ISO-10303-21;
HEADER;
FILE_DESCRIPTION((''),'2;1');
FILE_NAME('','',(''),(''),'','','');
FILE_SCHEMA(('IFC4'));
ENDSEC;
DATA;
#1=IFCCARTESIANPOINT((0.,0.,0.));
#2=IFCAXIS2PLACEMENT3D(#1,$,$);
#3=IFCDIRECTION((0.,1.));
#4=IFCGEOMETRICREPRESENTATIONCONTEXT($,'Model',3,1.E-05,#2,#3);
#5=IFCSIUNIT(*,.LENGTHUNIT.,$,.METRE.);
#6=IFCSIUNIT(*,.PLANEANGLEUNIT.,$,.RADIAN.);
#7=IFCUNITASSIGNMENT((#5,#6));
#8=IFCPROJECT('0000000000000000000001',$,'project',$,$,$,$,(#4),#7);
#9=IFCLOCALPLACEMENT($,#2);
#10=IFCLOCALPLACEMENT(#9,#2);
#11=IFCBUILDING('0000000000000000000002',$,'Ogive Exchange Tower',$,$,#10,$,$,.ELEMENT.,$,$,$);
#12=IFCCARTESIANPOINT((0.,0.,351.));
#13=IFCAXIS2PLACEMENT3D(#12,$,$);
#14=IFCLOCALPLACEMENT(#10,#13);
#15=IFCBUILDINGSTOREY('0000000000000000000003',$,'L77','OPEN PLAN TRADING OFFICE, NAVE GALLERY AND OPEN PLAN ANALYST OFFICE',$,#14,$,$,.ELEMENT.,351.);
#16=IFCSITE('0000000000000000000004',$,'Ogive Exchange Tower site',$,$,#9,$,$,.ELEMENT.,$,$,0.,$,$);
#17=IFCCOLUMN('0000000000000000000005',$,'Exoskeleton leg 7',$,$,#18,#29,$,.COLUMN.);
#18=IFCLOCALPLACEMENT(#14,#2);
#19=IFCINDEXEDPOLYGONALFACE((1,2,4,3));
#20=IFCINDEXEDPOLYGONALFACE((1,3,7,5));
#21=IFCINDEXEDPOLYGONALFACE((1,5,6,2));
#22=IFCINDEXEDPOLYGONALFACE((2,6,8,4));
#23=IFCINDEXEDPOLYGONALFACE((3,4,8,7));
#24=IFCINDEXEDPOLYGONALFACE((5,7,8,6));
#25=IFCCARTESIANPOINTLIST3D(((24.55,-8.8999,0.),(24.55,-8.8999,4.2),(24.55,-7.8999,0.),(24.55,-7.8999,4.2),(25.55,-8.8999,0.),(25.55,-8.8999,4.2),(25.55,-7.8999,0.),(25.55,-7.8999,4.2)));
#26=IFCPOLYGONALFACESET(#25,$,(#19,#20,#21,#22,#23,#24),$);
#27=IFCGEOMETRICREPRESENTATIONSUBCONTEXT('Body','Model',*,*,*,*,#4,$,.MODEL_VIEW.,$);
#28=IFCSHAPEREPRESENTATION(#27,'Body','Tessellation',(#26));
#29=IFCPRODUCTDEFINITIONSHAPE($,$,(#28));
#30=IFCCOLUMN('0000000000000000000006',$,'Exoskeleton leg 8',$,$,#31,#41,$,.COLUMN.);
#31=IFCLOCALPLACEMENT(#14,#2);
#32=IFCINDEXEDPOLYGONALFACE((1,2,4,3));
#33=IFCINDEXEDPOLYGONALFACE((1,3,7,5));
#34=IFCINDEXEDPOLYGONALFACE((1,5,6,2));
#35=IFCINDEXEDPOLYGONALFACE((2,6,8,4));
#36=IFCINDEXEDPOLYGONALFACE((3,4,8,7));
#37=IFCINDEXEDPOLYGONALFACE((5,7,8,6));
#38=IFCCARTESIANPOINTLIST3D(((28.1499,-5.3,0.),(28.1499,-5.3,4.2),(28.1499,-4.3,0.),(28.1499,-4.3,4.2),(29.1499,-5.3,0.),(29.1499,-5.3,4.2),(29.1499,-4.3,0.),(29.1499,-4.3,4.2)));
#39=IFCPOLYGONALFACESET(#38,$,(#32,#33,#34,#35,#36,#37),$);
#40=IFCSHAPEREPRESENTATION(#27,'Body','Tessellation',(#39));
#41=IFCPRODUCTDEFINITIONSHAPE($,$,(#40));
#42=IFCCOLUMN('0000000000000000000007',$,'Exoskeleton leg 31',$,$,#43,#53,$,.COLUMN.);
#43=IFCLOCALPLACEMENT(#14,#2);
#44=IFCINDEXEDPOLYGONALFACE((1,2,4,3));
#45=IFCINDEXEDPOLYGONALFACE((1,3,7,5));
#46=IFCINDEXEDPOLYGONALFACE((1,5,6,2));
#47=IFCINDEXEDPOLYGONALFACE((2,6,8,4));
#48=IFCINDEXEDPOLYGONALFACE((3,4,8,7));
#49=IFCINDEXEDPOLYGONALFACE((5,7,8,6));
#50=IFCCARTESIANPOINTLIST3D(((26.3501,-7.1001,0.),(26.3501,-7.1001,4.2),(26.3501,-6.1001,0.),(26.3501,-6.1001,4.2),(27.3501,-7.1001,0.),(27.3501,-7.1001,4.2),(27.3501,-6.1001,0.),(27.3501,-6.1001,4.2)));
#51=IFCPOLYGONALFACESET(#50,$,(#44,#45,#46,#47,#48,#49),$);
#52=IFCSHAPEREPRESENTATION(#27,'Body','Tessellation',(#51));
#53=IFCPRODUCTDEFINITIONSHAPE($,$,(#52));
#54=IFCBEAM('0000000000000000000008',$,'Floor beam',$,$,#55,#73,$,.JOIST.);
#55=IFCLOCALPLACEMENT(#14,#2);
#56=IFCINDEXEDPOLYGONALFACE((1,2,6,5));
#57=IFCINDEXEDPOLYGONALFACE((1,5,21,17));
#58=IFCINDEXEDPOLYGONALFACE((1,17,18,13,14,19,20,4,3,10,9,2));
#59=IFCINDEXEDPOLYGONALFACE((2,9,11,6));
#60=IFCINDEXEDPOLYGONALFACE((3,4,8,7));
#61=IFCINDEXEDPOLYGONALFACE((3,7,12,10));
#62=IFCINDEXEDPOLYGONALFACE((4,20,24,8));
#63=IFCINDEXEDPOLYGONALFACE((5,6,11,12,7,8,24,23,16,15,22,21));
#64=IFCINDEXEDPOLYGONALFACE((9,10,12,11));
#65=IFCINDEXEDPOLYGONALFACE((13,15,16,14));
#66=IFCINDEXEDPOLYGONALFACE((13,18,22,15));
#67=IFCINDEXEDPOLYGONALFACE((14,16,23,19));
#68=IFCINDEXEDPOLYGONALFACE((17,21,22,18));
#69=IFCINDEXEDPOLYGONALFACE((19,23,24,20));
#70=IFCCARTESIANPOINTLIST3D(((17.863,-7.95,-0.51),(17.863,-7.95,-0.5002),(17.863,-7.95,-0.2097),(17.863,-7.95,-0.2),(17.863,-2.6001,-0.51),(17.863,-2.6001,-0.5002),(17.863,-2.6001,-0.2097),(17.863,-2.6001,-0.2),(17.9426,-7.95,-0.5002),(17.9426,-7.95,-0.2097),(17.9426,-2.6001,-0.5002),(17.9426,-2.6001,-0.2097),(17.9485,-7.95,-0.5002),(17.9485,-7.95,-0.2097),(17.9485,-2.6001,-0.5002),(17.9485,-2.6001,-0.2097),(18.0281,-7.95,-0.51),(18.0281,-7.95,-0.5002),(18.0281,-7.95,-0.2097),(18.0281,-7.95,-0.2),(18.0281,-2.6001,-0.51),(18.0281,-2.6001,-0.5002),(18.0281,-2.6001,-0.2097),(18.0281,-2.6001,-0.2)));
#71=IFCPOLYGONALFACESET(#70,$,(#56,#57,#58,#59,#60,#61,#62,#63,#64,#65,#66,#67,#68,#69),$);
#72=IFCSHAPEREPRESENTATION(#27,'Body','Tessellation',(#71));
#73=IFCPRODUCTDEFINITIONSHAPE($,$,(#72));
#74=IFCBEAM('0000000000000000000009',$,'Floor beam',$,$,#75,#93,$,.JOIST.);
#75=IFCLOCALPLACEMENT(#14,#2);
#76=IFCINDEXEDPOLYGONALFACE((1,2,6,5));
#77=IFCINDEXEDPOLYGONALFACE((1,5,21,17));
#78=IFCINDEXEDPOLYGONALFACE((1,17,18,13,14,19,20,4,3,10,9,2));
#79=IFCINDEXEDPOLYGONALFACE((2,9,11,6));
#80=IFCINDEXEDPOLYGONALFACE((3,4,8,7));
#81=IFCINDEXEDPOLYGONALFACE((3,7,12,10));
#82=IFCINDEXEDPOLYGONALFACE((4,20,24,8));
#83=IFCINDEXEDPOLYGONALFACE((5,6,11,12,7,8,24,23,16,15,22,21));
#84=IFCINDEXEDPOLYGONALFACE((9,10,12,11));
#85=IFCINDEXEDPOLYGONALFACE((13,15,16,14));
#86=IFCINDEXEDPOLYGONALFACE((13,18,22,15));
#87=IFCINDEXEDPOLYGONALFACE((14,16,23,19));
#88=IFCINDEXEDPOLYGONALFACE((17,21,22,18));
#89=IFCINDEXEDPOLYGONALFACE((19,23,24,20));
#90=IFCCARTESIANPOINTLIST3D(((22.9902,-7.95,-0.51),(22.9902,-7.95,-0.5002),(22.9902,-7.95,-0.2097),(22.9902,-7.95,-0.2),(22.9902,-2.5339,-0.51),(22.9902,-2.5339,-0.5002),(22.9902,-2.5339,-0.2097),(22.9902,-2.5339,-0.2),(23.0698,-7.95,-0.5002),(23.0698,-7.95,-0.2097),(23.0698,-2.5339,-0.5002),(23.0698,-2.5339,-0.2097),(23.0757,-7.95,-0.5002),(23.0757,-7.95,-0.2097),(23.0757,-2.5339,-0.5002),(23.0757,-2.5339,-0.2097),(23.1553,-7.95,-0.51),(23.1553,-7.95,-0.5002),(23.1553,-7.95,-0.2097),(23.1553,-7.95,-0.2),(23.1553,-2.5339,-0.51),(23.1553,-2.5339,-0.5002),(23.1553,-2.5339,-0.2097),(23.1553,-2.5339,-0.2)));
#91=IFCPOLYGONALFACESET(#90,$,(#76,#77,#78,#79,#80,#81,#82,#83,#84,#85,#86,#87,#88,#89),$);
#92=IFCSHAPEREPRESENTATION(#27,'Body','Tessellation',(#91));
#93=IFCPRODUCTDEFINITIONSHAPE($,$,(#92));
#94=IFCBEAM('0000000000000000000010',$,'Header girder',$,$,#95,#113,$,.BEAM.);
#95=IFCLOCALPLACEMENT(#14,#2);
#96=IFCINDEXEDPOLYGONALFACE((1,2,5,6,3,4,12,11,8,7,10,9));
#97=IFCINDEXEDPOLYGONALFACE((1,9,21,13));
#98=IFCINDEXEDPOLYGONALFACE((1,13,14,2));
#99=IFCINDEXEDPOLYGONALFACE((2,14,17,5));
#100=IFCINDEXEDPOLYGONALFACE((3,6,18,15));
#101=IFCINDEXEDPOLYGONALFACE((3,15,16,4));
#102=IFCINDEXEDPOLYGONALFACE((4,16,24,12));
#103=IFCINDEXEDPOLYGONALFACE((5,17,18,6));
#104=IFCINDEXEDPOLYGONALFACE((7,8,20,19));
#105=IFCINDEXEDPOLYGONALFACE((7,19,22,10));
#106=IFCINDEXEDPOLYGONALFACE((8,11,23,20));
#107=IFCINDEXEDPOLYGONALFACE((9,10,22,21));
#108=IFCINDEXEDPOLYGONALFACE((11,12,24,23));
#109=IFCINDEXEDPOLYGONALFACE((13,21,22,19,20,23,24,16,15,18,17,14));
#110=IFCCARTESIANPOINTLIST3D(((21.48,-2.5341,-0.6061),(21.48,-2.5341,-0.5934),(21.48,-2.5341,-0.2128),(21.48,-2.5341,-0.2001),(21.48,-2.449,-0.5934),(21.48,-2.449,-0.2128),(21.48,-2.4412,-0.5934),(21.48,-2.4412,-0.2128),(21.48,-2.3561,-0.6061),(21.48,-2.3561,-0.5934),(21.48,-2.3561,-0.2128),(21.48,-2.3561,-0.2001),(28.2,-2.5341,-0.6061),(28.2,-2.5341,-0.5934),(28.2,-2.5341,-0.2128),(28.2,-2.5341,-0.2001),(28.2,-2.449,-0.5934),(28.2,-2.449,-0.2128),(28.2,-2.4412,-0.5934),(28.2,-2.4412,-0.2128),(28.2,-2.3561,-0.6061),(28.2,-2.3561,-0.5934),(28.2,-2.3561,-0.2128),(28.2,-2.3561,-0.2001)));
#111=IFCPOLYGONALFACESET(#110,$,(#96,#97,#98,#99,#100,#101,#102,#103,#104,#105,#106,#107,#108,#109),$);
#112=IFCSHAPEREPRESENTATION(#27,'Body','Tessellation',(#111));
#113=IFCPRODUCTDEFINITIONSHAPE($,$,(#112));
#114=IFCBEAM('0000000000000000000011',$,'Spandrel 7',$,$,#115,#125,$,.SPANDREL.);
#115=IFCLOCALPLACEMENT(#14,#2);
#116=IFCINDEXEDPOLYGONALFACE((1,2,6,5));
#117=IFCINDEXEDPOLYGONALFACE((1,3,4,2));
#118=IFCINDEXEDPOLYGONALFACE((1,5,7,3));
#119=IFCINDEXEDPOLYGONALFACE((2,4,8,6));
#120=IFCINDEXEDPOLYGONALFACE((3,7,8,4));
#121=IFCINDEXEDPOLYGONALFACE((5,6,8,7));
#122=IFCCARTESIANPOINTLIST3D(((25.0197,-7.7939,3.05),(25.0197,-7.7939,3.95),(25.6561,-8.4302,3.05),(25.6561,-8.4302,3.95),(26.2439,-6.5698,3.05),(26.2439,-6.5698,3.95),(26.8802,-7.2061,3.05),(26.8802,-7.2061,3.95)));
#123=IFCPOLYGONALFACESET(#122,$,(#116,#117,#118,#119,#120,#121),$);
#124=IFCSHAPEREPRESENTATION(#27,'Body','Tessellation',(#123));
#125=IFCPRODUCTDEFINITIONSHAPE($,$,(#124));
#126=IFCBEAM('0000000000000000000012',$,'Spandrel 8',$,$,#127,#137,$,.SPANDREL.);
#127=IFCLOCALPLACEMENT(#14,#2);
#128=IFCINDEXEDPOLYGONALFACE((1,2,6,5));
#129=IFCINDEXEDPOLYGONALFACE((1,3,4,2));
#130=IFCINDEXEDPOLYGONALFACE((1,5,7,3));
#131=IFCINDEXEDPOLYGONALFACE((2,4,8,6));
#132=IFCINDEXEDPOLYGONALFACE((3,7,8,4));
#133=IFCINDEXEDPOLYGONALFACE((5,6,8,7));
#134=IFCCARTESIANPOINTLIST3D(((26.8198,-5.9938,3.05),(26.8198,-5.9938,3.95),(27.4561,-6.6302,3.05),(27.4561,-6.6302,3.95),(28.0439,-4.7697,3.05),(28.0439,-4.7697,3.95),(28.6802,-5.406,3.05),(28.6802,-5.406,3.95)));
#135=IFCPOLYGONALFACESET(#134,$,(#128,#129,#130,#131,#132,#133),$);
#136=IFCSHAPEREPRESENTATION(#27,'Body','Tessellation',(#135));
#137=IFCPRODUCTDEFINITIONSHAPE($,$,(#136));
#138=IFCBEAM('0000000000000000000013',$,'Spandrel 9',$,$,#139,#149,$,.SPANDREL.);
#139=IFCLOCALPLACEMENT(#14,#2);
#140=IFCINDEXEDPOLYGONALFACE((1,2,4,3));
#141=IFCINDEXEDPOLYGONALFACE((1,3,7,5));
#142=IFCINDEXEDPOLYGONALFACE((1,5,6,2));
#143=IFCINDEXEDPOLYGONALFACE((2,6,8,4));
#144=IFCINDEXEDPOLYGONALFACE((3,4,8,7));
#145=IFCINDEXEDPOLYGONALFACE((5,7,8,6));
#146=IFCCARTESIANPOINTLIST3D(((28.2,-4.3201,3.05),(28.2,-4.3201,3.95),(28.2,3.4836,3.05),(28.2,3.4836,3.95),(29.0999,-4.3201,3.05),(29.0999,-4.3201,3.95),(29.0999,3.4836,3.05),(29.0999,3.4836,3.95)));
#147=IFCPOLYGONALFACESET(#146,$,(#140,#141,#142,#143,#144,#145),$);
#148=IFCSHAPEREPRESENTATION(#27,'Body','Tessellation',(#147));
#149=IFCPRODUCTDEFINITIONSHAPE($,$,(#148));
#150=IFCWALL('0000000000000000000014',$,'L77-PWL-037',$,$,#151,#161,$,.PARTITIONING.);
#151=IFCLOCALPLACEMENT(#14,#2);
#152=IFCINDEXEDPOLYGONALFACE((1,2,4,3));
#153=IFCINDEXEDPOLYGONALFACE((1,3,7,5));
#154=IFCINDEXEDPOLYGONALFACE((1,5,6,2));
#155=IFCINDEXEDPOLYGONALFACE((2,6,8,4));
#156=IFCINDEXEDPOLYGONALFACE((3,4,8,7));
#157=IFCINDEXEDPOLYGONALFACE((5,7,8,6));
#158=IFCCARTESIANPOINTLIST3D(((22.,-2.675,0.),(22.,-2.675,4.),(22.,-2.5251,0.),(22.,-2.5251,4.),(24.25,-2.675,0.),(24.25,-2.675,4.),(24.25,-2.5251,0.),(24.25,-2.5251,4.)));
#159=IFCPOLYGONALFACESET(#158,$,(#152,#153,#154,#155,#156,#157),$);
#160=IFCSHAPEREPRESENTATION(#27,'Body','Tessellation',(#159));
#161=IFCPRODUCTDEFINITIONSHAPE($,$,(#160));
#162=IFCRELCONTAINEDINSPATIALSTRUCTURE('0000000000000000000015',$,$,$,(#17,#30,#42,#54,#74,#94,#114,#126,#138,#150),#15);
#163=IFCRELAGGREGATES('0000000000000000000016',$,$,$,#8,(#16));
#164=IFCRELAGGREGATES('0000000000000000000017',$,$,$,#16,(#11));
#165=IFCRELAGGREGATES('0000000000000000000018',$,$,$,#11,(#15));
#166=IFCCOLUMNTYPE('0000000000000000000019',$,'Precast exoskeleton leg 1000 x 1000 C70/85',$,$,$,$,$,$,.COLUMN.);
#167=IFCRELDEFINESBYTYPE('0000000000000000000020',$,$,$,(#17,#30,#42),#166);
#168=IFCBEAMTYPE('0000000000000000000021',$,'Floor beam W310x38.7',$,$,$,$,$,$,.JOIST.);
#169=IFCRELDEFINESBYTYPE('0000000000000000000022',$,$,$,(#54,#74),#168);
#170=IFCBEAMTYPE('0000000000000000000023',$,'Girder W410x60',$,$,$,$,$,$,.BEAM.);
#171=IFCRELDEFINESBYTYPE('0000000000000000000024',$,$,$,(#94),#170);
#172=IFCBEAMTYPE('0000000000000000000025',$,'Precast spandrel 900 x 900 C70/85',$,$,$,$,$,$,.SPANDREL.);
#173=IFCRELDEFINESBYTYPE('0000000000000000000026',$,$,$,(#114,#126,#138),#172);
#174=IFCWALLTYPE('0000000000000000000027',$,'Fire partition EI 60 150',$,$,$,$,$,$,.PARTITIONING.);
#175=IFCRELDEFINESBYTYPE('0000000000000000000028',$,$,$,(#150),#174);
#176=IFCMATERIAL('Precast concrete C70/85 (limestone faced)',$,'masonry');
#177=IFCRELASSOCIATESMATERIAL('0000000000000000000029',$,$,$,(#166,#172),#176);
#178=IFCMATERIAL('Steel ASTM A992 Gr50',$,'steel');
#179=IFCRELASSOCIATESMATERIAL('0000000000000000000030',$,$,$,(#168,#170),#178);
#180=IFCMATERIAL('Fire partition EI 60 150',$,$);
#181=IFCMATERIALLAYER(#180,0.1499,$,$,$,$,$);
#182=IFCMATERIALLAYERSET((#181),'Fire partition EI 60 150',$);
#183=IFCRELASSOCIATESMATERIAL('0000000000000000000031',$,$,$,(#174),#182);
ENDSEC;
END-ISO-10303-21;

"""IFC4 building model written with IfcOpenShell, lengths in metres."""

from ifc_helpers import new_model, si_unit, direction, frame, frame_2d, origin, origin_2d, place, context, subcontext, project, spatial, rectangle, i_section, extrude, material, layer, layer_set, material_profile, profile_set, type_object, element, save


model = new_model("IFC4")

# Units and contexts
model_context = context("Model", 3, precision=1e-05, world=origin(), true_north=direction((0.0, 1.0)))
body_context = subcontext(model_context, "Body", "Model", "MODEL_VIEW")
ifc_project = project(units=[si_unit("LENGTHUNIT", "METRE"), si_unit("PLANEANGLEUNIT", "RADIAN")], contexts=[model_context])

# Site, building, storey
site_placement = place(None, origin())
site = spatial("IfcSite", under=ifc_project, at=site_placement, Name="Ogive Exchange Tower site", CompositionType="ELEMENT", RefElevation=0.0)
building_placement = place(site_placement, origin())
building = spatial("IfcBuilding", under=site, at=building_placement, Name="Ogive Exchange Tower", CompositionType="ELEMENT")
storey_placement = place(building_placement, frame((0.0, 0.0, 351.0)))
storey = spatial("IfcBuildingStorey", under=building, at=storey_placement, Name="L77", Description="OPEN PLAN TRADING OFFICE, NAVE GALLERY AND OPEN PLAN ANALYST OFFICE", CompositionType="ELEMENT", Elevation=351.0)

# Columns
ifc_material_1 = material(Name="Precast concrete C70/85 (limestone faced)", Category="masonry")
ifc_material_profile_1 = material_profile(ifc_material_1, rectangle(XDim=1.0, YDim=1.0, at=origin_2d()), Name="1000 x 1000")
ifc_profile_set_1 = profile_set([ifc_material_profile_1], Name="Precast concrete C70/85 (limestone faced)")
column_type = type_object("IfcColumnType", Name="Precast exoskeleton leg 1000 x 1000 C70/85", PredefinedType="COLUMN", material=ifc_profile_set_1)
for number, where, z_axis, x_axis, name in (
    (1, (25.05, -8.3999, 0.0), (0.0, 0.0, 1.0), (1.0, 0.0, 0.0), "Exoskeleton leg 7"),
    (2, (28.6499, -4.8, 0.0), (0.0, 0.0, 1.0), (1.0, 0.0, 0.0), "Exoskeleton leg 8"),
    (3, (26.8501, -6.6001, 0.0), (0.0, 0.0, 1.0), (1.0, 0.0, 0.0), "Exoskeleton leg 31"),
):
    element("IfcColumn", number, at=place(storey_placement, frame(where, z_axis=z_axis, x_axis=x_axis)), inside=storey, type_object=column_type, Name=name, PredefinedType="COLUMN", context=body_context, shape_type="SweptSolid", body=[
        extrude(rectangle(XDim=1.0, YDim=1.0, at=origin_2d()), origin(), (0.0, 0.0, 1.0), 4.2),
    ])

# Beams
ifc_material_2 = material(Name="Steel ASTM A992 Gr50", Category="steel")
ifc_material_profile_2 = material_profile(ifc_material_2, i_section(OverallWidth=0.165, OverallDepth=0.3101, WebThickness=0.0059, FlangeThickness=0.0098, at=origin_2d()), Name="W310x38.7")
ifc_profile_set_2 = profile_set([ifc_material_profile_2], Name="Steel ASTM A992 Gr50")
beam_type_1 = type_object("IfcBeamType", Name="Floor beam W310x38.7", PredefinedType="JOIST", material=ifc_profile_set_2)
beam_1_placement = place(storey_placement, frame((17.9456, -7.95, -0.355), z_axis=(0.0, 1.0, 0.0), x_axis=(-1.0, 0.0, 0.0)))
element("IfcBeam", 4, at=beam_1_placement, inside=storey, type_object=beam_type_1, Name="Floor beam", PredefinedType="JOIST", context=body_context, shape_type="SweptSolid", body=[
    extrude(i_section(OverallWidth=0.165, OverallDepth=0.3101, WebThickness=0.0059, FlangeThickness=0.0098, at=origin_2d()), origin(), (0.0, 0.0, 1.0), 5.3499),
])
beam_2_placement = place(storey_placement, frame((23.0728, -7.95, -0.355), z_axis=(0.0, 1.0, 0.0), x_axis=(-1.0, 0.0, 0.0)))
element("IfcBeam", 5, at=beam_2_placement, inside=storey, type_object=beam_type_1, Name="Floor beam", PredefinedType="JOIST", context=body_context, shape_type="SweptSolid", body=[
    extrude(i_section(OverallWidth=0.165, OverallDepth=0.3101, WebThickness=0.0059, FlangeThickness=0.0098, at=origin_2d()), origin(), (0.0, 0.0, 1.0), 5.416),
])
ifc_material_profile_3 = material_profile(ifc_material_2, i_section(OverallWidth=0.178, OverallDepth=0.406, WebThickness=0.0078, FlangeThickness=0.0127, at=origin_2d()), Name="W410x60")
ifc_profile_set_3 = profile_set([ifc_material_profile_3], Name="Steel ASTM A992 Gr50")
beam_type_2 = type_object("IfcBeamType", Name="Girder W410x60", PredefinedType="BEAM", material=ifc_profile_set_3)
beam_3_placement = place(storey_placement, frame((21.48, -2.4451, -0.4031), z_axis=(1.0, 0.0, 0.0), x_axis=(0.0, 1.0, 0.0)))
element("IfcBeam", 6, at=beam_3_placement, inside=storey, type_object=beam_type_2, Name="Header girder", PredefinedType="BEAM", context=body_context, shape_type="SweptSolid", body=[
    extrude(i_section(OverallWidth=0.178, OverallDepth=0.406, WebThickness=0.0078, FlangeThickness=0.0127, at=origin_2d()), origin(), (0.0, 0.0, 1.0), 6.72),
])
ifc_material_profile_4 = material_profile(ifc_material_1, rectangle(XDim=0.8999, YDim=0.8999, at=origin_2d()), Name="900 x 900")
ifc_profile_set_4 = profile_set([ifc_material_profile_4], Name="Precast concrete C70/85 (limestone faced)")
beam_type_3 = type_object("IfcBeamType", Name="Precast spandrel 900 x 900 C70/85", PredefinedType="SPANDREL", material=ifc_profile_set_4)
for number, where, z_axis, x_axis, name in (
    (7, (25.3379, -8.1121, 3.5), (0.707107, 0.707107, 0.0), (-0.707107, 0.707107, 0.0), "Spandrel 7"),
    (8, (27.1379, -6.312, 3.5), (0.707107, 0.707107, 0.0), (-0.707107, 0.707107, 0.0), "Spandrel 8"),
):
    element("IfcBeam", number, at=place(storey_placement, frame(where, z_axis=z_axis, x_axis=x_axis)), inside=storey, type_object=beam_type_3, Name=name, PredefinedType="SPANDREL", context=body_context, shape_type="SweptSolid", body=[
        extrude(rectangle(XDim=0.8999, YDim=0.8999, at=origin_2d()), origin(), (0.0, 0.0, 1.0), 1.7312),
    ])
beam_4_placement = place(storey_placement, frame((28.6499, -4.3201, 3.5), z_axis=(0.0, 1.0, 0.0), x_axis=(-1.0, 0.0, 0.0)))
element("IfcBeam", 9, at=beam_4_placement, inside=storey, type_object=beam_type_3, Name="Spandrel 9", PredefinedType="SPANDREL", context=body_context, shape_type="SweptSolid", body=[
    extrude(rectangle(XDim=0.8999, YDim=0.8999, at=origin_2d()), origin(), (0.0, 0.0, 1.0), 7.8037),
])

# Wall
ifc_material_3 = material(Name="Fire partition EI 60 150")
ifc_layer_1 = layer(ifc_material_3, 0.1499)
ifc_layer_set_1 = layer_set([ifc_layer_1], Name="Fire partition EI 60 150")
wall_type_1 = type_object("IfcWallType", Name="Fire partition EI 60 150", PredefinedType="PARTITIONING", material=ifc_layer_set_1)
wall_1_placement = place(storey_placement, frame((22.0, -2.6001, 0.0), z_axis=(0.0, 0.0, 1.0), x_axis=(1.0, 0.0, 0.0)))
element("IfcWall", 10, at=wall_1_placement, inside=storey, type_object=wall_type_1, Name="L77-PWL-037", PredefinedType="PARTITIONING", context=body_context, shape_type="SweptSolid", body=[
    extrude(rectangle(XDim=2.25, YDim=0.1499, at=frame_2d((1.125, 0.0))), origin(), (0.0, 0.0, 1.0), 4.0),
])

save(model, "model.ifc")
